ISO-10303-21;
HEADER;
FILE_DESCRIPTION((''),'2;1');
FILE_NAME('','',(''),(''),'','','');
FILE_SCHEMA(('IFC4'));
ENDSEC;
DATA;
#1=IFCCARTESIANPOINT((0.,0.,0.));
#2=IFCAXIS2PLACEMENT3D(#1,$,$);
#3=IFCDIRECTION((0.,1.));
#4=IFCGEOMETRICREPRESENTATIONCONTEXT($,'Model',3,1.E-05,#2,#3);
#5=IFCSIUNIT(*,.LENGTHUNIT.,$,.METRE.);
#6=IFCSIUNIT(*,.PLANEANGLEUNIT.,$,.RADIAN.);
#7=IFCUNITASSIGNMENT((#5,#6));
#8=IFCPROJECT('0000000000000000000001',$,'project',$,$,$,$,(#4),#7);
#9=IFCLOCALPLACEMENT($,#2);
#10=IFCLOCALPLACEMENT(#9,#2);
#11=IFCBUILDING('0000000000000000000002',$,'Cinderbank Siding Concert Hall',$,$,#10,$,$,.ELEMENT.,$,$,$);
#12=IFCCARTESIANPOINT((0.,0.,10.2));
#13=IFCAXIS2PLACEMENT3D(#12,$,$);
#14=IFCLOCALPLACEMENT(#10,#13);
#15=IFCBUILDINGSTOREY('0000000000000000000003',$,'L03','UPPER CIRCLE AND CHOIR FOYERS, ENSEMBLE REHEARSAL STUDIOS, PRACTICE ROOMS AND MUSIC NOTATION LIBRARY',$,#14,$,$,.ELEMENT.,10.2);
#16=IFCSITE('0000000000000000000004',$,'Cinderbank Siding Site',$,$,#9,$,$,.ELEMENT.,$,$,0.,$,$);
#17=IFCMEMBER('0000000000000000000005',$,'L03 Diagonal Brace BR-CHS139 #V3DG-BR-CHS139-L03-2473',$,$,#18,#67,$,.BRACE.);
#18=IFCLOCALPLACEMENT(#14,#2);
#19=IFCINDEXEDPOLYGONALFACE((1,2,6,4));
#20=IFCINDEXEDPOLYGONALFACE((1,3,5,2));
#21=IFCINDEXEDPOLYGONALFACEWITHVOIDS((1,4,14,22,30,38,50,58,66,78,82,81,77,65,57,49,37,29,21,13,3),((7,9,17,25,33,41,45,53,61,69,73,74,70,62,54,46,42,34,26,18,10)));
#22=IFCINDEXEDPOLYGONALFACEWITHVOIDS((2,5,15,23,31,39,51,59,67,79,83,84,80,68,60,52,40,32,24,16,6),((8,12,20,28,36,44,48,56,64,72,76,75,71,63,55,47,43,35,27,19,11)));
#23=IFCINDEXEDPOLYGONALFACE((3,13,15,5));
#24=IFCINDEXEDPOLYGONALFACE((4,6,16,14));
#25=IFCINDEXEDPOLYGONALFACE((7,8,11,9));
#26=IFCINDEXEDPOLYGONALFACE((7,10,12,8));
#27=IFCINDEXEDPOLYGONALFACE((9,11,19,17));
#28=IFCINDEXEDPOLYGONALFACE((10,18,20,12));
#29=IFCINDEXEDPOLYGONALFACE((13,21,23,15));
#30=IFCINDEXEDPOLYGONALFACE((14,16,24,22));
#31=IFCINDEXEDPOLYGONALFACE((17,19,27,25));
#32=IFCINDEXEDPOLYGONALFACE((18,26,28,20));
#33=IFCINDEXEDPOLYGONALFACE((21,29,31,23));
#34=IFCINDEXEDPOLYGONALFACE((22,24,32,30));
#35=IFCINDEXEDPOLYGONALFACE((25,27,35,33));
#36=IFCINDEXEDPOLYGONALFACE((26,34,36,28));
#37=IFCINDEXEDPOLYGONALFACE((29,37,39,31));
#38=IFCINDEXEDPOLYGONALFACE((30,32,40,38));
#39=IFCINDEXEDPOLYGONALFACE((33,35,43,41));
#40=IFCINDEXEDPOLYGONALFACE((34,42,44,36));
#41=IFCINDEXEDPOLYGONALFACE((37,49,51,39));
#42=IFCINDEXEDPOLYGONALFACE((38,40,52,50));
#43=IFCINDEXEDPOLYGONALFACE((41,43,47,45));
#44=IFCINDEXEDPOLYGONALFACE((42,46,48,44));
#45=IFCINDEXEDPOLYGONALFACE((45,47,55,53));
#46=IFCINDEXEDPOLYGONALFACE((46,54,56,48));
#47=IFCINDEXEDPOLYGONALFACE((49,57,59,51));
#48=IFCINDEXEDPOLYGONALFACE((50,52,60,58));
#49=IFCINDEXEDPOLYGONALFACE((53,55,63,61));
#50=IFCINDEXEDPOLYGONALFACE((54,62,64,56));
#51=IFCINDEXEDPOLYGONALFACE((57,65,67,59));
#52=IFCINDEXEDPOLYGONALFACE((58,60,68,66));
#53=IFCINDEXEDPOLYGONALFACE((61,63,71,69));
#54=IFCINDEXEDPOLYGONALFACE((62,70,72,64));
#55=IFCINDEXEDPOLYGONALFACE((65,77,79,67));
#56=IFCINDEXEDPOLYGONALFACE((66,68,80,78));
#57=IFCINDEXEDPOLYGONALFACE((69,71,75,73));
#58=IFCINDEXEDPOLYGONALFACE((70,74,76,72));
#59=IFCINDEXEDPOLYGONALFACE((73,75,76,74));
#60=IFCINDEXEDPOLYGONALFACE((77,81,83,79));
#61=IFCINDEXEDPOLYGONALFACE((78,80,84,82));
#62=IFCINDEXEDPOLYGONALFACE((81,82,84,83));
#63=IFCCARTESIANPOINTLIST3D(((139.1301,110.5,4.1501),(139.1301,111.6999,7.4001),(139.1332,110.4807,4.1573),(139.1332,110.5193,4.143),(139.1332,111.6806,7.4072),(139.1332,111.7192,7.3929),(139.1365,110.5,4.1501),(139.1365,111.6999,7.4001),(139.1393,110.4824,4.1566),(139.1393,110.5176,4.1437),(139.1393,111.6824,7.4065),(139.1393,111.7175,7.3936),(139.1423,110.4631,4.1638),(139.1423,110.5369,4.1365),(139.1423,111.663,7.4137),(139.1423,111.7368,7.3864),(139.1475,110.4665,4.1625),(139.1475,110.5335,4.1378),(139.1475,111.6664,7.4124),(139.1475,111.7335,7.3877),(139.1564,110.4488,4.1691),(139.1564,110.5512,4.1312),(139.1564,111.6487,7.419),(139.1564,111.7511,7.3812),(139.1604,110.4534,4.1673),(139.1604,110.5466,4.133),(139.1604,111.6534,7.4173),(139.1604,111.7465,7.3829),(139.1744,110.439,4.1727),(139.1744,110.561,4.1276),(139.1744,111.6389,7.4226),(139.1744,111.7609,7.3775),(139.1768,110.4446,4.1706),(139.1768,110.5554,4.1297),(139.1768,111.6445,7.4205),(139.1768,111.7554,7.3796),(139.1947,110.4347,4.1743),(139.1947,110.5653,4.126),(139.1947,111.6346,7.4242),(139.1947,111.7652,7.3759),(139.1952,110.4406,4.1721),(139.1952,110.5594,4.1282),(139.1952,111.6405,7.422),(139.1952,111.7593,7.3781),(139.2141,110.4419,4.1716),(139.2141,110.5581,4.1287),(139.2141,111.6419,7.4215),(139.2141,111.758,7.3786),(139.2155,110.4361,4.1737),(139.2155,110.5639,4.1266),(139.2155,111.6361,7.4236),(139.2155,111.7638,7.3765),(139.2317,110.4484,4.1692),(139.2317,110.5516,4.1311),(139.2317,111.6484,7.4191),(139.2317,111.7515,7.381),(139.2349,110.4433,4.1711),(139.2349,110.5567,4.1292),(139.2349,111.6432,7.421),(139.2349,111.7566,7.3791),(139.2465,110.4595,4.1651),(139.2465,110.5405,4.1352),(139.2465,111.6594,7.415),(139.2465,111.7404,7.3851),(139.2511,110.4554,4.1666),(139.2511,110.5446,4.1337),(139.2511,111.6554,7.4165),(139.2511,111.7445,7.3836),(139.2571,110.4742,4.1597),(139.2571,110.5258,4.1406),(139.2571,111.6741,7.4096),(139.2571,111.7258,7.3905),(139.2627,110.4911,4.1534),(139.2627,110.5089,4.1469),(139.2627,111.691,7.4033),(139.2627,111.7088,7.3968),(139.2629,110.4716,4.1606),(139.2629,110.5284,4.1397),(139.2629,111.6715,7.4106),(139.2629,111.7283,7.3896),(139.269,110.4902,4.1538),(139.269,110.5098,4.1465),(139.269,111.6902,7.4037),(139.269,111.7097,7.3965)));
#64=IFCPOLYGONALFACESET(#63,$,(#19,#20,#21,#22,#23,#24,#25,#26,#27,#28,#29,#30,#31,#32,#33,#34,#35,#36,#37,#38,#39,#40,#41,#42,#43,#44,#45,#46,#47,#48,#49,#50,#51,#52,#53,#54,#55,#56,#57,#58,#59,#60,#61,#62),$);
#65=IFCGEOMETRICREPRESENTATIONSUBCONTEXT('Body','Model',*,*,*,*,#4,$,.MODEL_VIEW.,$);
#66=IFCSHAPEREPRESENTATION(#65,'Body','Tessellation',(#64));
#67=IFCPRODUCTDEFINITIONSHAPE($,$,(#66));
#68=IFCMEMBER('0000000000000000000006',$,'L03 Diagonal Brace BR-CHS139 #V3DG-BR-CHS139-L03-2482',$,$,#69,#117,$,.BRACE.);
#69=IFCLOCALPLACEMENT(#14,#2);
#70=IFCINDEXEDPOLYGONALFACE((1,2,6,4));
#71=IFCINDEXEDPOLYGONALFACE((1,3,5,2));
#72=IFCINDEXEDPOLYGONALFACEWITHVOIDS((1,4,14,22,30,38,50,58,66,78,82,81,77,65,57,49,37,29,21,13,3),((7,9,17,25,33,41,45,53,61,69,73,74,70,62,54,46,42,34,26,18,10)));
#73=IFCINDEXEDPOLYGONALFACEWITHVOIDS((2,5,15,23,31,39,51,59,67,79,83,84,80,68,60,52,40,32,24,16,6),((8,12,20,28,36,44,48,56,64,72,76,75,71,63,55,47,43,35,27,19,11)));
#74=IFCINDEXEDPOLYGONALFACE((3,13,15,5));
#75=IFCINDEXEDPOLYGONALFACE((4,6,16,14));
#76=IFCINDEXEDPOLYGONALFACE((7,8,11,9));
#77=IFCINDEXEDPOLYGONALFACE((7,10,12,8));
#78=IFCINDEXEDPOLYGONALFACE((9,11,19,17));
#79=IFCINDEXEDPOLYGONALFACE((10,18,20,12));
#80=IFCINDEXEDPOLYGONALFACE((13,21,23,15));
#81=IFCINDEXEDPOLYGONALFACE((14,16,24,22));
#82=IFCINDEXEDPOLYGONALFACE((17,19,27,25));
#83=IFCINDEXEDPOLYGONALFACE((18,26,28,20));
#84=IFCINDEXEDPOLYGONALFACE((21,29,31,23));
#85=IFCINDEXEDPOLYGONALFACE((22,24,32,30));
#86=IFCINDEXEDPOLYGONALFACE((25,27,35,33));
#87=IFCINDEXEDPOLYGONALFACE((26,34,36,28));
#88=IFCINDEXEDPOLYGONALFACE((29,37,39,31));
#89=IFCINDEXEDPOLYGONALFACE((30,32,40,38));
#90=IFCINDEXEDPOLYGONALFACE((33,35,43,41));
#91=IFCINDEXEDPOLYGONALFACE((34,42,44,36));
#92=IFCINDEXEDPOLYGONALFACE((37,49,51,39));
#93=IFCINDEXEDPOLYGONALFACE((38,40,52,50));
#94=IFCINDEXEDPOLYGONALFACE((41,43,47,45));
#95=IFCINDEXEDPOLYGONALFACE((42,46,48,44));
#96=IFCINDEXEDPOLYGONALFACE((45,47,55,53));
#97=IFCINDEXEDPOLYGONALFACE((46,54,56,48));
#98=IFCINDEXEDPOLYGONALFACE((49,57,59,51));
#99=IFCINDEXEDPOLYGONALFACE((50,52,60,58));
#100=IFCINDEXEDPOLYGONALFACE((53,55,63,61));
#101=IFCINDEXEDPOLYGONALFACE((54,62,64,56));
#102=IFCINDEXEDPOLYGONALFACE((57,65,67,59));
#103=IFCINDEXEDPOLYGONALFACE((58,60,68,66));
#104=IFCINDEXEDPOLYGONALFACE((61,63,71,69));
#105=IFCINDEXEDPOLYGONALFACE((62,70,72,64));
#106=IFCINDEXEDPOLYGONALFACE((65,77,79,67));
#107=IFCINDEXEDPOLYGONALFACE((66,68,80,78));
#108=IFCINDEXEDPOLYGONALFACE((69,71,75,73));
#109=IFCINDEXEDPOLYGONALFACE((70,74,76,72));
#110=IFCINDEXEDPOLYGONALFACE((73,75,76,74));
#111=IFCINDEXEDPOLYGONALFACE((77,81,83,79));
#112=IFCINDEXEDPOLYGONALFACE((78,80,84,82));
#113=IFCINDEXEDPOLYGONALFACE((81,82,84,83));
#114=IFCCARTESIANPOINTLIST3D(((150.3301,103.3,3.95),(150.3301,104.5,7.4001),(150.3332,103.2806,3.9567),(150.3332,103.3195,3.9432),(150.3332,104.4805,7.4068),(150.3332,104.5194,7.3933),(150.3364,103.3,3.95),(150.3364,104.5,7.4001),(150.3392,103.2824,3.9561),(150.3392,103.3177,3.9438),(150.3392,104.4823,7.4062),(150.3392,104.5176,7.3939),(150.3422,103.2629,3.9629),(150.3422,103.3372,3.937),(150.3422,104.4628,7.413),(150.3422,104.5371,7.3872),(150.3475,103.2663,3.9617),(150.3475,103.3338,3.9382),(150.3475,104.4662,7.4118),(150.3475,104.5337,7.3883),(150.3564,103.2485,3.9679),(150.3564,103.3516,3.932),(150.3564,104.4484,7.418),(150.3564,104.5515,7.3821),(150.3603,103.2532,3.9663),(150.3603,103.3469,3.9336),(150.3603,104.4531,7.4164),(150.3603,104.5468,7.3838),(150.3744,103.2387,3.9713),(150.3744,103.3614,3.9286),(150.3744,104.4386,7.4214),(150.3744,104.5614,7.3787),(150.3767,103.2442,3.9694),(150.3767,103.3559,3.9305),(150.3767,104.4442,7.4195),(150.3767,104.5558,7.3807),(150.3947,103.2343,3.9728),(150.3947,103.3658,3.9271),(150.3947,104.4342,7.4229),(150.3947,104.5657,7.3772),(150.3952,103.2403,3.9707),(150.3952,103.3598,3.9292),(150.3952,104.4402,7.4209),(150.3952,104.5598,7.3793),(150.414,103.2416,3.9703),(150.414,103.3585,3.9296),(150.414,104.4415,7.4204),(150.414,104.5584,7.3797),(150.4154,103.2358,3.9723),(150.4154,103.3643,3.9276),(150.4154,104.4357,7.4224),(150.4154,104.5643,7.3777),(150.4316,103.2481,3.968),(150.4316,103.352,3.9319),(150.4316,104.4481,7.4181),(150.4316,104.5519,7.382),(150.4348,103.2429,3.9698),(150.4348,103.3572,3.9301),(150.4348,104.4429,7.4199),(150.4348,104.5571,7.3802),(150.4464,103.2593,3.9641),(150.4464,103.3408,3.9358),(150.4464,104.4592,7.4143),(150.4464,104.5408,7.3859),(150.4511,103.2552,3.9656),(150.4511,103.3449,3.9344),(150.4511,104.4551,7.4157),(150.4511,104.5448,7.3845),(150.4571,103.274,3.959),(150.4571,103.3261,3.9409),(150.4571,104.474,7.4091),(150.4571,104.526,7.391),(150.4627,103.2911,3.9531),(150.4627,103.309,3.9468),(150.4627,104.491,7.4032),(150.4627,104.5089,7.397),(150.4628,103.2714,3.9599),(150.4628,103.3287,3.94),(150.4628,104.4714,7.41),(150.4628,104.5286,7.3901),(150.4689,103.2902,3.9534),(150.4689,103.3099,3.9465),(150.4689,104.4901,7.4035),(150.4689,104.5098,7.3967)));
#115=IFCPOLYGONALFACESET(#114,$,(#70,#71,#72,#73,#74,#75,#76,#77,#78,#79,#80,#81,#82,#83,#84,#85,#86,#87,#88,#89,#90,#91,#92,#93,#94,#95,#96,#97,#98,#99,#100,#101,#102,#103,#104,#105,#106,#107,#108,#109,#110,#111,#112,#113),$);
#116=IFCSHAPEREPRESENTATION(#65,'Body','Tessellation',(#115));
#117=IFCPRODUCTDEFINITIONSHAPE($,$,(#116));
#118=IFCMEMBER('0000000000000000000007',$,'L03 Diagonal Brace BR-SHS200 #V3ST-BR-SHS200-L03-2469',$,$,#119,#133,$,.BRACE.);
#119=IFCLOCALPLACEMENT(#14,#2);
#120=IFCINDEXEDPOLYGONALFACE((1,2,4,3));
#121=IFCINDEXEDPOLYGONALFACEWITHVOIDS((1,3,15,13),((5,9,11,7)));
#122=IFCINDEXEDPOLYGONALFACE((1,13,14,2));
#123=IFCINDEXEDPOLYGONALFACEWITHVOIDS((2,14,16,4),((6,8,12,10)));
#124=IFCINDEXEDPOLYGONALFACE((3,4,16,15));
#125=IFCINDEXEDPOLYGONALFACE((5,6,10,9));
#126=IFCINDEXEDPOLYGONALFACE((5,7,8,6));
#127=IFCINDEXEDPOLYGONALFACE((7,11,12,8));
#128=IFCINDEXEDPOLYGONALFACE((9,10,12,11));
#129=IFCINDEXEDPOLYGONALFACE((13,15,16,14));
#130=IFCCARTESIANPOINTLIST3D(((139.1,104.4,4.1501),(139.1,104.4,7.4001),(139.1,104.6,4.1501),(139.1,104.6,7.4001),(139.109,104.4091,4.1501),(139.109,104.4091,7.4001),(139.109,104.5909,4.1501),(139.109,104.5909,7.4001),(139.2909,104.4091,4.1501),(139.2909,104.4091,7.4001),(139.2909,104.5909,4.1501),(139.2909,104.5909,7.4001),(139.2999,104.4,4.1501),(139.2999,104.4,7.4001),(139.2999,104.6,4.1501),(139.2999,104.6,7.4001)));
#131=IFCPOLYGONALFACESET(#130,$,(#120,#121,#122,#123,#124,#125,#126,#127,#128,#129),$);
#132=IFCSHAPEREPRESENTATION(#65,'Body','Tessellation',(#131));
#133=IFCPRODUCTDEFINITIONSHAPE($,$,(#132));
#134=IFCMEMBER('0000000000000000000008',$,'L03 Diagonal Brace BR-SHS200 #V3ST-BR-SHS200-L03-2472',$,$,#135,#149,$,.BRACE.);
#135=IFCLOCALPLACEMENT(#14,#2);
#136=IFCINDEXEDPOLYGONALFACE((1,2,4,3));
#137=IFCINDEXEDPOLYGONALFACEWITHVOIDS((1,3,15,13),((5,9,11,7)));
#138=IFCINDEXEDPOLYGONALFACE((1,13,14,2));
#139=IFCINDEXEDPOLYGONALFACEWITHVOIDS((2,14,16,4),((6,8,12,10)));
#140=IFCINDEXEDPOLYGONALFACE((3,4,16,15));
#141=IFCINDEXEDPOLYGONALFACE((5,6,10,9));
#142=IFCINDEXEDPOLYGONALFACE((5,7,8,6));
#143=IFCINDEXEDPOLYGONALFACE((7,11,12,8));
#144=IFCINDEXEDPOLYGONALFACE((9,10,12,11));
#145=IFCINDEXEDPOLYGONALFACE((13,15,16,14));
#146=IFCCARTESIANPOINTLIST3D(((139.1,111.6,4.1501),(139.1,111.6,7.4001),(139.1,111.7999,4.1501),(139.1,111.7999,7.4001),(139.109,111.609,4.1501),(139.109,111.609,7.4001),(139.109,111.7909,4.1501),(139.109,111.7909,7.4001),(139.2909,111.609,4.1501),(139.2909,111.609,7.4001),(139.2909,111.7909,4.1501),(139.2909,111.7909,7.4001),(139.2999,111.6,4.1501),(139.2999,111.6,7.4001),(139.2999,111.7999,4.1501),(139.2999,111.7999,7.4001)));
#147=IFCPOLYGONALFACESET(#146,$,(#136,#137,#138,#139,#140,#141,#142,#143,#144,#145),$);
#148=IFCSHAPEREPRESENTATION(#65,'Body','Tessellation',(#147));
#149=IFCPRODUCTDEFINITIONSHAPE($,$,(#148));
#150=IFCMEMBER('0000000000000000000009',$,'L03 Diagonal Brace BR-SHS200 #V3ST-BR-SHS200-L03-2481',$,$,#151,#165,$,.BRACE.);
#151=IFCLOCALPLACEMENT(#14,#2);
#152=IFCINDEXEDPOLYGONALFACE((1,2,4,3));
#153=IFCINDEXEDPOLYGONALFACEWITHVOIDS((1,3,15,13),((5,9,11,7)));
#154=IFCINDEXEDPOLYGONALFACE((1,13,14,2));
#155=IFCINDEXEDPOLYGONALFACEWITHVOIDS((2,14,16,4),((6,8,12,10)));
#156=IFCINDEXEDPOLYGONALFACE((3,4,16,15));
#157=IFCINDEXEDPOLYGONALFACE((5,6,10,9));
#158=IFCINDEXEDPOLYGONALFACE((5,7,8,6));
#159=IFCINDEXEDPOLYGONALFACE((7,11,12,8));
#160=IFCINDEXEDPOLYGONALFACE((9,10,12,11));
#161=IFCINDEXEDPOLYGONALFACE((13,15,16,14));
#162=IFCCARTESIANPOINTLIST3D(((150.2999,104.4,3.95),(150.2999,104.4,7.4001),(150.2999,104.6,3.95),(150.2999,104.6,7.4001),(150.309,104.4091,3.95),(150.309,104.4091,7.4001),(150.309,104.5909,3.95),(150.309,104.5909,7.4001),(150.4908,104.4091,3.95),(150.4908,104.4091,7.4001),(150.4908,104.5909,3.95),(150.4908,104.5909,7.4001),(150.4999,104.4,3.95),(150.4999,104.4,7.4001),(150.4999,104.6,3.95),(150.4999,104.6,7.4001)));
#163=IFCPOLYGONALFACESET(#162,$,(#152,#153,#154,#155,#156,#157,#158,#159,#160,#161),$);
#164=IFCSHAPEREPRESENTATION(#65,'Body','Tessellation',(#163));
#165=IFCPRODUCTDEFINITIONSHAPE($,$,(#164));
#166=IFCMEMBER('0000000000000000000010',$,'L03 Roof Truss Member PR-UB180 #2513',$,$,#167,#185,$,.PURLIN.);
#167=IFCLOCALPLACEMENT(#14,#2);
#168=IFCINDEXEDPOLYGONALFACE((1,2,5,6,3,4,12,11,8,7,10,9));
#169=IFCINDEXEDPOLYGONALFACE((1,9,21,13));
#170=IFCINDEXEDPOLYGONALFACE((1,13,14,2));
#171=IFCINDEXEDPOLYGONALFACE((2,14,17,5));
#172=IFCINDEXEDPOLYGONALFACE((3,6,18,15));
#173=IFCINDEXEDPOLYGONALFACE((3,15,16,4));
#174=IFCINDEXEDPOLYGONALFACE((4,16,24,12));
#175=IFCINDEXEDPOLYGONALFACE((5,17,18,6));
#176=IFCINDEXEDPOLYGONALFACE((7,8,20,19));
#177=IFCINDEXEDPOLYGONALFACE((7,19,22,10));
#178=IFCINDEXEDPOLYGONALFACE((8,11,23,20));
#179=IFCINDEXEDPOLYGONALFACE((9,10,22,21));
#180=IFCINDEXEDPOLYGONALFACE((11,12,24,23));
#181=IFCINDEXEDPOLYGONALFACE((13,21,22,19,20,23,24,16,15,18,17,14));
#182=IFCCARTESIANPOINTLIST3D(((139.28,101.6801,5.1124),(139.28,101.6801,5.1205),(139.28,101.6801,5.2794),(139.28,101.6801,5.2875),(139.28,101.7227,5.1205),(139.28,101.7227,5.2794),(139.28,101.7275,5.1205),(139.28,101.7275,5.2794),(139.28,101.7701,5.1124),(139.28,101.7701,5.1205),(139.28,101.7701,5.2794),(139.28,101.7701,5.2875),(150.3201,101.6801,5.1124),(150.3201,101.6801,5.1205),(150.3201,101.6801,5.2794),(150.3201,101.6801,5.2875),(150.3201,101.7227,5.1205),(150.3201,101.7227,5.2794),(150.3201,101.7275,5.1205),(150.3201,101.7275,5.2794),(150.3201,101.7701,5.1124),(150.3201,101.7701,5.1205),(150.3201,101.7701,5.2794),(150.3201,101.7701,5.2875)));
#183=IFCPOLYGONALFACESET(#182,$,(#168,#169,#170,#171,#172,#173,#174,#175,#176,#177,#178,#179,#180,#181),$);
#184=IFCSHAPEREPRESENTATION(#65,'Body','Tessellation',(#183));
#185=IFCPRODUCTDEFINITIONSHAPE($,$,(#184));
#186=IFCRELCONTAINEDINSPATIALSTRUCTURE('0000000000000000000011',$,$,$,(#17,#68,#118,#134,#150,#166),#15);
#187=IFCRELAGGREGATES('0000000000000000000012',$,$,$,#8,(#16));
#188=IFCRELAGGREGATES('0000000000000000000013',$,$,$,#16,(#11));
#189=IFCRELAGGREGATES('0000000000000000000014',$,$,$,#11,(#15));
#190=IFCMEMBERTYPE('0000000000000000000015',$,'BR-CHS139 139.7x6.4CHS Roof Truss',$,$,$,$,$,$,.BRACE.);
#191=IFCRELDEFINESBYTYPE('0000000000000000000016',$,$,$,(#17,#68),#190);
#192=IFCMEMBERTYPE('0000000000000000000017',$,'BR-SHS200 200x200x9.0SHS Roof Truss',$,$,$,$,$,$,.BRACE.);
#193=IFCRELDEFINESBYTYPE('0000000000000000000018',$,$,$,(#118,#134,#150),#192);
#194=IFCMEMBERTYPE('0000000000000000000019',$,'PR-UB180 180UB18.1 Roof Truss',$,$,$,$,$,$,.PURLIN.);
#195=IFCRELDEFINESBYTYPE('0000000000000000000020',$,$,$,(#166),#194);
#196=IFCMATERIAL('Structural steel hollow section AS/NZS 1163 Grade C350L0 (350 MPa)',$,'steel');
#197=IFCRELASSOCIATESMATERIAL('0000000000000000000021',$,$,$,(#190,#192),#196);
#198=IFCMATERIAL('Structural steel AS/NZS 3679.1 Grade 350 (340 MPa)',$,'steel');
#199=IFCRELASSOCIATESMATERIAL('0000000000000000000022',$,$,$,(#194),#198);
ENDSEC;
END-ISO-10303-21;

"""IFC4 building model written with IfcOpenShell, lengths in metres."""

from ifc_helpers import new_model, si_unit, direction, frame, origin, origin_2d, place, context, subcontext, project, spatial, hollow_rectangle, hollow_circle, i_section, extrude, material, material_profile, profile_set, type_object, element, save


model = new_model("IFC4")

# Units and contexts
model_context = context("Model", 3, precision=1e-05, world=origin(), true_north=direction((0.0, 1.0)))
body_context = subcontext(model_context, "Body", "Model", "MODEL_VIEW")
ifc_project = project(units=[si_unit("LENGTHUNIT", "METRE"), si_unit("PLANEANGLEUNIT", "RADIAN")], contexts=[model_context])

# Site, building, storey
site_placement = place(None, origin())
site = spatial("IfcSite", under=ifc_project, at=site_placement, Name="Cinderbank Siding Site", CompositionType="ELEMENT", RefElevation=0.0)
building_placement = place(site_placement, origin())
building = spatial("IfcBuilding", under=site, at=building_placement, Name="Cinderbank Siding Concert Hall", CompositionType="ELEMENT")
storey_placement = place(building_placement, frame((0.0, 0.0, 10.2)))
storey = spatial("IfcBuildingStorey", under=building, at=storey_placement, Name="L03", Description="UPPER CIRCLE AND CHOIR FOYERS, ENSEMBLE REHEARSAL STUDIOS, PRACTICE ROOMS AND MUSIC NOTATION LIBRARY", CompositionType="ELEMENT", Elevation=10.2)

# Shared definitions
ifc_material_1 = material(Name="Structural steel AS/NZS 3679.1 Grade 350 (340 MPa)", Category="steel")

# Members
ifc_material_2 = material(Name="Structural steel hollow section AS/NZS 1163 Grade C350L0 (350 MPa)", Category="steel")
ifc_material_profile_1 = material_profile(ifc_material_2, hollow_circle(Radius=0.0698, WallThickness=0.0063, at=origin_2d()), Name="139.7x6.4CHS", Category="LoadBearing")
ifc_profile_set_1 = profile_set([ifc_material_profile_1], Name="Structural steel hollow section AS/NZS 1163 Grade C350L0 (350 MPa)")
member_type_1 = type_object("IfcMemberType", Name="BR-CHS139 139.7x6.4CHS Roof Truss", PredefinedType="BRACE", material=ifc_profile_set_1)
for number, where, z_axis, x_axis, name in (
    (1, (139.2, 110.5, 4.1501), (0.0, 0.346362, 0.938101), (-1.0, 0.0, 0.0), "L03 Diagonal Brace BR-CHS139 #V3DG-BR-CHS139-L03-2473"),
):
    element("IfcMember", number, at=place(storey_placement, frame(where, z_axis=z_axis, x_axis=x_axis)), inside=storey, type_object=member_type_1, Name=name, PredefinedType="BRACE", context=body_context, shape_type="SweptSolid", body=[
        extrude(hollow_circle(Radius=0.0698, WallThickness=0.0063, at=origin_2d()), origin(), (0.0, 0.0, 1.0), 3.4644),
    ])
member_1_placement = place(storey_placement, frame((150.3999, 103.3, 3.95), z_axis=(0.0, 0.328492, 0.944507), x_axis=(-1.0, 0.0, 0.0)))
element("IfcMember", 2, at=member_1_placement, inside=storey, type_object=member_type_1, Name="L03 Diagonal Brace BR-CHS139 #V3DG-BR-CHS139-L03-2482", PredefinedType="BRACE", context=body_context, shape_type="SweptSolid", body=[
    extrude(hollow_circle(Radius=0.0698, WallThickness=0.0063, at=origin_2d()), origin(), (0.0, 0.0, 1.0), 3.6528),
])
ifc_material_profile_2 = material_profile(ifc_material_2, hollow_rectangle(XDim=0.2, YDim=0.2, WallThickness=0.009, at=origin_2d()), Name="200x200x9.0SHS", Category="LoadBearing")
ifc_profile_set_2 = profile_set([ifc_material_profile_2], Name="Structural steel hollow section AS/NZS 1163 Grade C350L0 (350 MPa)")
member_type_2 = type_object("IfcMemberType", Name="BR-SHS200 200x200x9.0SHS Roof Truss", PredefinedType="BRACE", material=ifc_profile_set_2)
for number, where, z_axis, x_axis, name in (
    (3, (139.2, 104.5, 4.1501), (0.0, 0.0, 1.0), (1.0, 0.0, 0.0), "L03 Diagonal Brace BR-SHS200 #V3ST-BR-SHS200-L03-2469"),
    (4, (139.2, 111.7, 4.1501), (0.0, 0.0, 1.0), (1.0, 0.0, 0.0), "L03 Diagonal Brace BR-SHS200 #V3ST-BR-SHS200-L03-2472"),
):
    element("IfcMember", number, at=place(storey_placement, frame(where, z_axis=z_axis, x_axis=x_axis)), inside=storey, type_object=member_type_2, Name=name, PredefinedType="BRACE", context=body_context, shape_type="SweptSolid", body=[
        extrude(hollow_rectangle(XDim=0.2, YDim=0.2, WallThickness=0.009, at=origin_2d()), origin(), (0.0, 0.0, 1.0), 3.25),
    ])
member_2_placement = place(storey_placement, frame((150.3999, 104.5, 3.95), z_axis=(0.0, 0.0, 1.0), x_axis=(1.0, 0.0, 0.0)))
element("IfcMember", 5, at=member_2_placement, inside=storey, type_object=member_type_2, Name="L03 Diagonal Brace BR-SHS200 #V3ST-BR-SHS200-L03-2481", PredefinedType="BRACE", context=body_context, shape_type="SweptSolid", body=[
    extrude(hollow_rectangle(XDim=0.2, YDim=0.2, WallThickness=0.009, at=origin_2d()), origin(), (0.0, 0.0, 1.0), 3.4502),
])
ifc_material_profile_3 = material_profile(ifc_material_1, i_section(OverallWidth=0.0901, OverallDepth=0.175, WebThickness=0.0049, FlangeThickness=0.0081, at=origin_2d()), Name="180UB18.1", Category="LoadBearing")
ifc_profile_set_3 = profile_set([ifc_material_profile_3], Name="Structural steel AS/NZS 3679.1 Grade 350 (340 MPa)")
member_type_3 = type_object("IfcMemberType", Name="PR-UB180 180UB18.1 Roof Truss", PredefinedType="PURLIN", material=ifc_profile_set_3)
for number, where, z_axis, x_axis, name in (
    (6, (139.28, 101.7251, 5.2), (1.0, 0.0, 0.0), (0.0, 1.0, 0.0), "L03 Roof Truss Member PR-UB180 #2513"),
):
    element("IfcMember", number, at=place(storey_placement, frame(where, z_axis=z_axis, x_axis=x_axis)), inside=storey, type_object=member_type_3, Name=name, PredefinedType="PURLIN", context=body_context, shape_type="SweptSolid", body=[
        extrude(i_section(OverallWidth=0.0901, OverallDepth=0.175, WebThickness=0.0049, FlangeThickness=0.0081, at=origin_2d()), origin(), (0.0, 0.0, 1.0), 11.04),
    ])

save(model, "model.ifc")
